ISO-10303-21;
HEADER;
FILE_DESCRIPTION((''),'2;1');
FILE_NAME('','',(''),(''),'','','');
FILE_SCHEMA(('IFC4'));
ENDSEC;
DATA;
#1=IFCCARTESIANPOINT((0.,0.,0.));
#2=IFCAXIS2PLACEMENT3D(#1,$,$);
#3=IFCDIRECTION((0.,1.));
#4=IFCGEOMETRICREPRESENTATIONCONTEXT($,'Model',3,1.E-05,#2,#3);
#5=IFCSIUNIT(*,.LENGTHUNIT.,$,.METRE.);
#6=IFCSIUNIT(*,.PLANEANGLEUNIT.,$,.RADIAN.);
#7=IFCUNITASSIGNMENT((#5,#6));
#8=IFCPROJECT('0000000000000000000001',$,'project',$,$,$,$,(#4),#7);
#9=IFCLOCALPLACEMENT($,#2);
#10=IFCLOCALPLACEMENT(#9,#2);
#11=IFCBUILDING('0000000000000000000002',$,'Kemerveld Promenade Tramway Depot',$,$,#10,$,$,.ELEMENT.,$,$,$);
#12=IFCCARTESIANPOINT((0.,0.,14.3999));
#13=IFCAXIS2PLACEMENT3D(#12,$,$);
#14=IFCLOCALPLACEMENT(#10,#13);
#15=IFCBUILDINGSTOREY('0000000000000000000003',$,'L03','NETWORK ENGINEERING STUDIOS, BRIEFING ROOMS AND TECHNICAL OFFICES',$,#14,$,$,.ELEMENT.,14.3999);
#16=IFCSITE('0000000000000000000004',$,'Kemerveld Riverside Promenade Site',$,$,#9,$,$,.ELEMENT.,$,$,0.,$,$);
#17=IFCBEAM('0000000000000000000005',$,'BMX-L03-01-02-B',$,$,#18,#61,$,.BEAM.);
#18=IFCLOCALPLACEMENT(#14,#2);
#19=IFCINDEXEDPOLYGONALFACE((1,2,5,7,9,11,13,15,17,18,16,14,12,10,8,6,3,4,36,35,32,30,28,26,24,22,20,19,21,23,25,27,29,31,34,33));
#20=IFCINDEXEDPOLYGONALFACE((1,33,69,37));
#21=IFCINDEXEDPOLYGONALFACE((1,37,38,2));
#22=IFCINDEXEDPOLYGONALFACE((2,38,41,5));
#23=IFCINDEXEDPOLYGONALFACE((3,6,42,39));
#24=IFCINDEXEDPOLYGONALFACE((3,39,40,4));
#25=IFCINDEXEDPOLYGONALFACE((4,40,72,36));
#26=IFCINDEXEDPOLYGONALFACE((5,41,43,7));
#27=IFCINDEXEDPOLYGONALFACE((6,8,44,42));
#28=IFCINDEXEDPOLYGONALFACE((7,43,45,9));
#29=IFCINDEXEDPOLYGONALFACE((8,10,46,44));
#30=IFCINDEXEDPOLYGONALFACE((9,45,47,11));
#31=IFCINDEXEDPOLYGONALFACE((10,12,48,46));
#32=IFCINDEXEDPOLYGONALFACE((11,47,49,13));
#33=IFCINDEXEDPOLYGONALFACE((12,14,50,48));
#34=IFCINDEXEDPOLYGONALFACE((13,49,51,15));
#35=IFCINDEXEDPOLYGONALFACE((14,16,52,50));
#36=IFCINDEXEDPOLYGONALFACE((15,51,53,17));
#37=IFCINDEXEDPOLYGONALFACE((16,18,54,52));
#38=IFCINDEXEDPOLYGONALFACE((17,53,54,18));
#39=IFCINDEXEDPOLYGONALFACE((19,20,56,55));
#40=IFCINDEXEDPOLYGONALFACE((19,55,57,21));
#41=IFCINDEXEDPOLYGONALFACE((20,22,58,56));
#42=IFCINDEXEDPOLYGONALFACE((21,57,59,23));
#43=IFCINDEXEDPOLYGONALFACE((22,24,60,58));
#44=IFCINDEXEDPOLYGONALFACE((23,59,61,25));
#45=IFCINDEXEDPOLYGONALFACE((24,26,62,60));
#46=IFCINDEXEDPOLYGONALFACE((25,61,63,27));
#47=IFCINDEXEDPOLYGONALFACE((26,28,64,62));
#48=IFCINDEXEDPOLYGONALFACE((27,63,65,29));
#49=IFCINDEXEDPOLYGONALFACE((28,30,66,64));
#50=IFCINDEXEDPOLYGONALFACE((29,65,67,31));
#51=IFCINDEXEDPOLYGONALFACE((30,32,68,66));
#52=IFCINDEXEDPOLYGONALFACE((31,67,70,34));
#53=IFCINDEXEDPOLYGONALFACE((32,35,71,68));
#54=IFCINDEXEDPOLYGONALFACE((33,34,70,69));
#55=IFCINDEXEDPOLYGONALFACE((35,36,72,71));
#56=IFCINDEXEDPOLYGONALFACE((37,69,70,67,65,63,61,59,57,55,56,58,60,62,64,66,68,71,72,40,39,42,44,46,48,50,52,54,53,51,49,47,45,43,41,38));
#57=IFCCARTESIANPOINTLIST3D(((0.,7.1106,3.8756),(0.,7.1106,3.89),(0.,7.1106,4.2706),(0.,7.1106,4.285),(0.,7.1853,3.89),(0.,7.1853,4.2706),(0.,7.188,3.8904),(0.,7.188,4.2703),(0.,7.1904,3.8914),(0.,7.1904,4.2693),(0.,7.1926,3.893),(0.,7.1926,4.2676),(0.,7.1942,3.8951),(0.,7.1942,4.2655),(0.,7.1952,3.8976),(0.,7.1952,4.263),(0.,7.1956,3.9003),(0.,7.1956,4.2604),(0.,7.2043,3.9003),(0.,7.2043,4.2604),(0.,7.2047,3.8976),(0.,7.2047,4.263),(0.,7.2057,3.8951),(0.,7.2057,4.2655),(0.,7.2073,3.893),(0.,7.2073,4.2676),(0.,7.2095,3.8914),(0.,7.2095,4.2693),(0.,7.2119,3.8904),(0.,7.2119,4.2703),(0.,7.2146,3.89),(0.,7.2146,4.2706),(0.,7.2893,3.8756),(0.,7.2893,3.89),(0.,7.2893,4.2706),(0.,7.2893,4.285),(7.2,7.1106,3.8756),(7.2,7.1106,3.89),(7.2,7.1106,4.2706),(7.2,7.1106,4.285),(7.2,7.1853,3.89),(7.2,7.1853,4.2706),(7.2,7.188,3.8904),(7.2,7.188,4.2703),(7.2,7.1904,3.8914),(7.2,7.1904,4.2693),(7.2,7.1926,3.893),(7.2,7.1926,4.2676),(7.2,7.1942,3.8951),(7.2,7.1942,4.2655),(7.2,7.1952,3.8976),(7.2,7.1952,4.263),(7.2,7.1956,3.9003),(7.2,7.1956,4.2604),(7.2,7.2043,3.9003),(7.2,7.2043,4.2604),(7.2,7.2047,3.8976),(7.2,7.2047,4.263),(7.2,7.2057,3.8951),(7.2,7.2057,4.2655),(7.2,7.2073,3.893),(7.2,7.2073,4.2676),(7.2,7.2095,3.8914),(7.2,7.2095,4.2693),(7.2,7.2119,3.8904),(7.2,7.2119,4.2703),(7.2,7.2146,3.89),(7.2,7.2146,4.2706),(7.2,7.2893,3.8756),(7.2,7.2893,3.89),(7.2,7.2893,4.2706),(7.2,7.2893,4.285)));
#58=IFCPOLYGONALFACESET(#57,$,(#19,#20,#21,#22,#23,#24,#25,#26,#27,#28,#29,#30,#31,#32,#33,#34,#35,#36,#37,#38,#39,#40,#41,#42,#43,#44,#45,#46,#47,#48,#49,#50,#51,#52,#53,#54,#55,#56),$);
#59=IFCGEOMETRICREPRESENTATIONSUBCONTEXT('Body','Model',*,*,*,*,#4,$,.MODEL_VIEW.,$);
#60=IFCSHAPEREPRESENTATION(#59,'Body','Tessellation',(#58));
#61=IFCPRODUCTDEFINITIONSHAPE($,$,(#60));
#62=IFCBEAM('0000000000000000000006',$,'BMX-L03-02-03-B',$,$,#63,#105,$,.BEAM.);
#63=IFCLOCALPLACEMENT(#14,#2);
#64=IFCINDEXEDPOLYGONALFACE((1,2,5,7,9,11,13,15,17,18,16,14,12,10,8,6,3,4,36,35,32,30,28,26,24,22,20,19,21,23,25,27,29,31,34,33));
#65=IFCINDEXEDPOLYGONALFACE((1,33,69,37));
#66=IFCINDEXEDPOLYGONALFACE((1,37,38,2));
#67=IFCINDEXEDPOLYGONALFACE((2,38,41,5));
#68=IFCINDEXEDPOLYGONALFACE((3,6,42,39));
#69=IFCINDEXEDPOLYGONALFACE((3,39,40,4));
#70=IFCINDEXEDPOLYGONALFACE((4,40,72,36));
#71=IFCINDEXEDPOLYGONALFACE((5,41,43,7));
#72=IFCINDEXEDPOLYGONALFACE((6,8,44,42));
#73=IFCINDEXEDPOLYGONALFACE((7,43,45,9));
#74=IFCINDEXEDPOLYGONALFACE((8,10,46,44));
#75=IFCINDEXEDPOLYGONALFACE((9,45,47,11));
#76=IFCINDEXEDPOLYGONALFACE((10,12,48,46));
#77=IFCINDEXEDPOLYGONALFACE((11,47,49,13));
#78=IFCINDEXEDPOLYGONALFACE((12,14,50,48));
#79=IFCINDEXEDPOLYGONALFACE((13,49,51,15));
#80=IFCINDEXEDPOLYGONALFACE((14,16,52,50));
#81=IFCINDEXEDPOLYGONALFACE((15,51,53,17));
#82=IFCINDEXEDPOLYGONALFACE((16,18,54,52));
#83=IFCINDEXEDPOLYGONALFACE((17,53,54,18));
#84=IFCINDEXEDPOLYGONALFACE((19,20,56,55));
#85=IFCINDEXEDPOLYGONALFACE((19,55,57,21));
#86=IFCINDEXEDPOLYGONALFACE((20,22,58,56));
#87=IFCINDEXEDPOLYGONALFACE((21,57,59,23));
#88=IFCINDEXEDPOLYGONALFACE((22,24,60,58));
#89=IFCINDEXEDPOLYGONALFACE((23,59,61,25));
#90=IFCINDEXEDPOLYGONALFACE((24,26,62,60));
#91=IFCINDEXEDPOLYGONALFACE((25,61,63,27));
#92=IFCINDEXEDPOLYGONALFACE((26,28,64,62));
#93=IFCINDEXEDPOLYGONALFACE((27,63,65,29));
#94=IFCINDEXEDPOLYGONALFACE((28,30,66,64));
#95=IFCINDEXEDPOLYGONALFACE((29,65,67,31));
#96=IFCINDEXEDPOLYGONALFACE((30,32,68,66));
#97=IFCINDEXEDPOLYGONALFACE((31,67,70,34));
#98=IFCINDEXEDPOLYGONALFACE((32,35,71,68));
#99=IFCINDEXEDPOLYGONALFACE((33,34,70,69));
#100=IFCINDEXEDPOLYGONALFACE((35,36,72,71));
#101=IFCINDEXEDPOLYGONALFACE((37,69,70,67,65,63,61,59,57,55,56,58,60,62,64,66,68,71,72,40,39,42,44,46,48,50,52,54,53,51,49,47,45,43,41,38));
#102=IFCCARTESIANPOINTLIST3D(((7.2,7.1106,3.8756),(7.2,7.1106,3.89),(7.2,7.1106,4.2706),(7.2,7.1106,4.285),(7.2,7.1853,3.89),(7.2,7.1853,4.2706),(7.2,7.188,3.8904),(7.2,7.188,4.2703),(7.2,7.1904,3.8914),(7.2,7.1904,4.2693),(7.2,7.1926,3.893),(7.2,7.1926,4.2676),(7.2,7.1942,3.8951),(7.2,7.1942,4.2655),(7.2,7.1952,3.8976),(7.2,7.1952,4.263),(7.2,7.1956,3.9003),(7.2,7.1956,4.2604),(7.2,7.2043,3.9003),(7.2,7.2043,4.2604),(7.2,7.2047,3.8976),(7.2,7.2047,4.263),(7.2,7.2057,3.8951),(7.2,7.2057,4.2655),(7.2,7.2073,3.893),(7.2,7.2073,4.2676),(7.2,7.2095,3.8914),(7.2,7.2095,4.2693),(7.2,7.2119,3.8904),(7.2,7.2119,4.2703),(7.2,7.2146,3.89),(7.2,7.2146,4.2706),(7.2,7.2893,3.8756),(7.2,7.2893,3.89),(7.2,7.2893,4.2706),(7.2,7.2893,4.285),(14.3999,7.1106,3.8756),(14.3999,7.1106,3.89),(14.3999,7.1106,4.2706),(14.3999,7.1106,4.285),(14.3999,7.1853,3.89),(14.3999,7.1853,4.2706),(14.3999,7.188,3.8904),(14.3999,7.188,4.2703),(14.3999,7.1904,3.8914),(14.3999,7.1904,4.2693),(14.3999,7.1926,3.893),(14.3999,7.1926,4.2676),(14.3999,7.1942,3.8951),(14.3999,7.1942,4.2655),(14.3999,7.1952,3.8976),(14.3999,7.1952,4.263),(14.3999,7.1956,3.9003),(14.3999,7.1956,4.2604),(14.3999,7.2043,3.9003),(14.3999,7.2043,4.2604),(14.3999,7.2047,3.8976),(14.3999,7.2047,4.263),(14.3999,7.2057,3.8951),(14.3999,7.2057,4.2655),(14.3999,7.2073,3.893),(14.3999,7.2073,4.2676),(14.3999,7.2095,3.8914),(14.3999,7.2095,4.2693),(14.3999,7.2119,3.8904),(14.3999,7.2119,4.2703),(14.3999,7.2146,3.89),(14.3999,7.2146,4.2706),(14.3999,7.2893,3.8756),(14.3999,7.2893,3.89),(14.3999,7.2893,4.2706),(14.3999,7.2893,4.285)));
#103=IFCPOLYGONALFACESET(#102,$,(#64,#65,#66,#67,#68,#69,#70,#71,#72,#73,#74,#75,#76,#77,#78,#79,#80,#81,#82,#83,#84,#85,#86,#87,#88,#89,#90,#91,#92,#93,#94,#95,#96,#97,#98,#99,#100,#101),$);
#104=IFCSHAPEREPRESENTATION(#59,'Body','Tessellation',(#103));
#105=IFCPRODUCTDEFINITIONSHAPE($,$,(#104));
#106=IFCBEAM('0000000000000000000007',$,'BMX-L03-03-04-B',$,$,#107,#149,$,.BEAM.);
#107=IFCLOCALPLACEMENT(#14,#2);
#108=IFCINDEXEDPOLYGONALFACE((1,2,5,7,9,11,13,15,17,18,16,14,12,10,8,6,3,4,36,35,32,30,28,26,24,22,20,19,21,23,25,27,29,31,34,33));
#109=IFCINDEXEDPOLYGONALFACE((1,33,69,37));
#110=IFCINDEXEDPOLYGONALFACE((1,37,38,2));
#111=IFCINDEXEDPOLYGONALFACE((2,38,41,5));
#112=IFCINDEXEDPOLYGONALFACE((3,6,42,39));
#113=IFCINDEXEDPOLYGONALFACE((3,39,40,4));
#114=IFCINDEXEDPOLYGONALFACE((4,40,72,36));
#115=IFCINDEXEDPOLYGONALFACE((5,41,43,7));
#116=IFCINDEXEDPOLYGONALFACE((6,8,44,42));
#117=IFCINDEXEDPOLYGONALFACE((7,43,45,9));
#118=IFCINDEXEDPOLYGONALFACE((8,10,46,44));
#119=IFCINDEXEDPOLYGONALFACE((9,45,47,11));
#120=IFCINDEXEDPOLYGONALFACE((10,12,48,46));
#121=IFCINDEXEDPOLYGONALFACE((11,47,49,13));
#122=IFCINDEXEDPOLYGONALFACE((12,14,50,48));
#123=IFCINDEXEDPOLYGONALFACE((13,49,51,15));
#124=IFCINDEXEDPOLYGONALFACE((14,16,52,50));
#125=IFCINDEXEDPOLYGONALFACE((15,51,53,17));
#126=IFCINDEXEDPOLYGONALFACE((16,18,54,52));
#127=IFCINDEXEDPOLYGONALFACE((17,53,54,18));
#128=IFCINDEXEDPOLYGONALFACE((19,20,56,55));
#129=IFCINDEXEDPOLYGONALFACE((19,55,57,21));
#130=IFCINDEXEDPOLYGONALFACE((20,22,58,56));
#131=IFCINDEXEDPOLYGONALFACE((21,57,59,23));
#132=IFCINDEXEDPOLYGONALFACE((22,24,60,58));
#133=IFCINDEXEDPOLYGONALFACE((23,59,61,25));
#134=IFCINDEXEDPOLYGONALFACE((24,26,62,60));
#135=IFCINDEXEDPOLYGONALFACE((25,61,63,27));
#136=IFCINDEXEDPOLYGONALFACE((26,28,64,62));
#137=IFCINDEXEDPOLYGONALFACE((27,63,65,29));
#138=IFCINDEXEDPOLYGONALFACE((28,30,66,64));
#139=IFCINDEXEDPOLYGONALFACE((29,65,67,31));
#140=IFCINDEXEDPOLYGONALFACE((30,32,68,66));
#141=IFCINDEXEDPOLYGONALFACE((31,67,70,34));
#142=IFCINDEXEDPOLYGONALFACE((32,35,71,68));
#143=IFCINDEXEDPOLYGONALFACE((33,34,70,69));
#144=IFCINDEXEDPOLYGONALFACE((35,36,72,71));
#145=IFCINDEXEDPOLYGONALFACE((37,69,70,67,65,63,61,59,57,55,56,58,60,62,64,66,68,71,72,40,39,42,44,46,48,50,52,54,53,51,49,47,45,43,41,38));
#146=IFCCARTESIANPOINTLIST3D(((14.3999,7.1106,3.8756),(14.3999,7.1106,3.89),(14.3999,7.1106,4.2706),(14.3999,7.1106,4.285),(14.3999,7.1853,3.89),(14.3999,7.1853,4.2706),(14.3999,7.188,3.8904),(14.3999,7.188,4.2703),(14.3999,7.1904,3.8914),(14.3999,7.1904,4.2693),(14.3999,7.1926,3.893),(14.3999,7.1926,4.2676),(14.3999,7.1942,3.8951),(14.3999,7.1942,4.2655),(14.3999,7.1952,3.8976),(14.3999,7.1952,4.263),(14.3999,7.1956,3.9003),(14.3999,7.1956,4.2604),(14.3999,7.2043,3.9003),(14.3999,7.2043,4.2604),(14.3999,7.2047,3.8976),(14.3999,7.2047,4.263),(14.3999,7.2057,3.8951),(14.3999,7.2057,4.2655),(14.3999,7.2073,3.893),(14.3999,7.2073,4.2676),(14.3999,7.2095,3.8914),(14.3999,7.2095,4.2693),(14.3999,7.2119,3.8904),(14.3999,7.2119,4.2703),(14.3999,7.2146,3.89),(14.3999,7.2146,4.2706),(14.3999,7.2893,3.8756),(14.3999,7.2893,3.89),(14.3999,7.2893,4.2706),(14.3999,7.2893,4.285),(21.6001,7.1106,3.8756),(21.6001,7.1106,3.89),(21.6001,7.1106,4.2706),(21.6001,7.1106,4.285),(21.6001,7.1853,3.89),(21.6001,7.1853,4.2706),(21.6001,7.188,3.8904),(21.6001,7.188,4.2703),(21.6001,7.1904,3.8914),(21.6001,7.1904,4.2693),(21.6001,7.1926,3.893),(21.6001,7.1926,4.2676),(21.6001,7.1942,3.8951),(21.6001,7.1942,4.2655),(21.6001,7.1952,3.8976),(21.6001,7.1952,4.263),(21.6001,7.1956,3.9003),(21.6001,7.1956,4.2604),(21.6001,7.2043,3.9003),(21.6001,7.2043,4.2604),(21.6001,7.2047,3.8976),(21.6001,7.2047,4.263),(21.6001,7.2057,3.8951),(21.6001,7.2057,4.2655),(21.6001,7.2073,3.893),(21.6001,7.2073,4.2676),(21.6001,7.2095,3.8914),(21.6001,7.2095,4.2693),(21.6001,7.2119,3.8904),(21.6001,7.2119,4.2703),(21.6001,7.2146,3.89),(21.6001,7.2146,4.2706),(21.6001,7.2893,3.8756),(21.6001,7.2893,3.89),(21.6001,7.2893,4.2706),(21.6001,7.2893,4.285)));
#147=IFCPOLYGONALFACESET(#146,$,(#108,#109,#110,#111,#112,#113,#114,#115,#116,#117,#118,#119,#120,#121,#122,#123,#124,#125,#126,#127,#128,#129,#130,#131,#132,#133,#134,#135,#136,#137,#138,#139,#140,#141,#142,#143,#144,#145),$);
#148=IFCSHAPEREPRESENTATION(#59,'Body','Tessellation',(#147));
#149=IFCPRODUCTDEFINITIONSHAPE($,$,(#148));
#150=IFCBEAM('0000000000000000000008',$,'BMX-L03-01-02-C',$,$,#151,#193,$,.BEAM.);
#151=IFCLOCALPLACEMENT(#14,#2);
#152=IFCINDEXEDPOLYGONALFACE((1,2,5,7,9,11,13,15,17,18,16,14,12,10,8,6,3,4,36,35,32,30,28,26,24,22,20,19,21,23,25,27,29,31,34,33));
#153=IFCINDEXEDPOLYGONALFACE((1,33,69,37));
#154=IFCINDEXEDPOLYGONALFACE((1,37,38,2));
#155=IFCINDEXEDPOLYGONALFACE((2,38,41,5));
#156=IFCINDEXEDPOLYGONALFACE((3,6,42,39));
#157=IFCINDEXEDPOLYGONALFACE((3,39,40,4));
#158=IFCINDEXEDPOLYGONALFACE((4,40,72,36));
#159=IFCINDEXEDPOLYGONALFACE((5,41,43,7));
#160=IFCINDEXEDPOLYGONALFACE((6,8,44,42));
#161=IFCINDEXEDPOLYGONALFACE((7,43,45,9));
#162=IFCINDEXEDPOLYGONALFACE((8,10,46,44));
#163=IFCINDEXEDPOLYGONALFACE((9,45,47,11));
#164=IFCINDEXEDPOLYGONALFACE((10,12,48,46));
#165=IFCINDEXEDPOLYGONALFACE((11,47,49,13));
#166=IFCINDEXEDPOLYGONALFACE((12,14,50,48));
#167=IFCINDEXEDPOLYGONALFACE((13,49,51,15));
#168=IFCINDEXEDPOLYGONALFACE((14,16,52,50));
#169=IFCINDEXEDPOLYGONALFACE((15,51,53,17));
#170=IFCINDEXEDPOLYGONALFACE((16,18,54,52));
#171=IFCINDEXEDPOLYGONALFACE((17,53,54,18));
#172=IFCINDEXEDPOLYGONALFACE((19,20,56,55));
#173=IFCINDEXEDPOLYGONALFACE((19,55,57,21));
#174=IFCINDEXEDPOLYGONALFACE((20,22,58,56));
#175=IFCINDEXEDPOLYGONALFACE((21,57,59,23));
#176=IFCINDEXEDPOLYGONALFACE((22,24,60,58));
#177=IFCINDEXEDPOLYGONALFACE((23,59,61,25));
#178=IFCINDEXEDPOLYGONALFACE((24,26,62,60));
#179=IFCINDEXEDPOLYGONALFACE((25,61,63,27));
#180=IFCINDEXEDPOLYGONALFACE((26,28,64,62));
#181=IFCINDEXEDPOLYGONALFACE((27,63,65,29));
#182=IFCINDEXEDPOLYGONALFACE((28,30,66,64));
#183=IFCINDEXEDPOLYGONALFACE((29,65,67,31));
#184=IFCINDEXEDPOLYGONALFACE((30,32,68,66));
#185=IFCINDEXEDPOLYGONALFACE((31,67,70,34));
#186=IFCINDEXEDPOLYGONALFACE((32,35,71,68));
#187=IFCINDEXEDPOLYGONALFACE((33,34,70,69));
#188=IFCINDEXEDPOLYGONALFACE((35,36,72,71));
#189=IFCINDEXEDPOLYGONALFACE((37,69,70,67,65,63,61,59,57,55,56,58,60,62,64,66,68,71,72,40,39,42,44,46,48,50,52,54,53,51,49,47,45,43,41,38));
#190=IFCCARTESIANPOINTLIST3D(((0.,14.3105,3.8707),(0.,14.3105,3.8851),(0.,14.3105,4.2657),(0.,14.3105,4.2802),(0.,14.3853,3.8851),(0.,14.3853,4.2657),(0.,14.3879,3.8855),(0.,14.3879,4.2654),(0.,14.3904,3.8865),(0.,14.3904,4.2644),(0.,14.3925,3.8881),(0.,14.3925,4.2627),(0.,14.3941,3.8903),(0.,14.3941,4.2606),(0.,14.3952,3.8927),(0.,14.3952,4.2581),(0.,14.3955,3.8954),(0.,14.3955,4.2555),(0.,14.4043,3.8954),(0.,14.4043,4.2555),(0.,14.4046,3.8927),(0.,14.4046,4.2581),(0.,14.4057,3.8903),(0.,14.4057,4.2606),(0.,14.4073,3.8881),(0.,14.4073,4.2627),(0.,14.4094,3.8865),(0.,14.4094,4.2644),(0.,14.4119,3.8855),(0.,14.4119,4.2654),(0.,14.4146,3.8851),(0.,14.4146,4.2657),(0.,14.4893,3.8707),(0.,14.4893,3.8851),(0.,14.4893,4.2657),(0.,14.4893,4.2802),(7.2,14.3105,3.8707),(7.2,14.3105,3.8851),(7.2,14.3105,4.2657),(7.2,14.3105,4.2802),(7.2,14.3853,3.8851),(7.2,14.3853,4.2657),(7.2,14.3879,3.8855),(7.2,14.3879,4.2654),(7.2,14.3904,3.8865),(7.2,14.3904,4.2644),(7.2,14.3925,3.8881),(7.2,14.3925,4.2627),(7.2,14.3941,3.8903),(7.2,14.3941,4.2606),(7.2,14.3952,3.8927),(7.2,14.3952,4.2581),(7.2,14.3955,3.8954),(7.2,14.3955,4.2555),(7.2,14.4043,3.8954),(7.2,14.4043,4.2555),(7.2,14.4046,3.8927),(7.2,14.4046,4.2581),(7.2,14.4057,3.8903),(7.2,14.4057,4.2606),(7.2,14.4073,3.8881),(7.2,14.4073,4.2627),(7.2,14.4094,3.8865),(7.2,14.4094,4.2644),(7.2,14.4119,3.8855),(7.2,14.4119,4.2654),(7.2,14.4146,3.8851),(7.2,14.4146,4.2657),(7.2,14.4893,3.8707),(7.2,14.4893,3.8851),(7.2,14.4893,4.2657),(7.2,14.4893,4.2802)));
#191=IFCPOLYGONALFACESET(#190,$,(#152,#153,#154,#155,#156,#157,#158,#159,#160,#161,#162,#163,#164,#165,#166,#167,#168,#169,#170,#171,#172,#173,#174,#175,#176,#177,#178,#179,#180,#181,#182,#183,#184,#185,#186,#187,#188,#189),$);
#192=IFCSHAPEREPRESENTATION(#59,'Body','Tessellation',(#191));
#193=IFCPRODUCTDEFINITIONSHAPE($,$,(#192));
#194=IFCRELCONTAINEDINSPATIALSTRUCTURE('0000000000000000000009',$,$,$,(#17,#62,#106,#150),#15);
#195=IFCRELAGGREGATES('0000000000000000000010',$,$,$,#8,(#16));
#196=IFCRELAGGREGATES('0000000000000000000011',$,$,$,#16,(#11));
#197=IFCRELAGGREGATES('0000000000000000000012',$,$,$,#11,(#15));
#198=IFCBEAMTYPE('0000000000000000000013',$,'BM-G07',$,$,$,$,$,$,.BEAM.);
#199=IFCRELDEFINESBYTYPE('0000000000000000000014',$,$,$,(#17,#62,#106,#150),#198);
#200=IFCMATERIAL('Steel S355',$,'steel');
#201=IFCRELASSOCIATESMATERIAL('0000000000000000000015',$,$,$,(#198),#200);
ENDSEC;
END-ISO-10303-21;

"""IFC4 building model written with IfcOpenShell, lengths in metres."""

from ifc_helpers import new_model, si_unit, direction, frame, origin, origin_2d, place, context, subcontext, project, spatial, i_section, extrude, material, material_profile, profile_set, type_object, element, save


model = new_model("IFC4")

# Units and contexts
model_context = context("Model", 3, precision=1e-05, world=origin(), true_north=direction((0.0, 1.0)))
body_context = subcontext(model_context, "Body", "Model", "MODEL_VIEW")
ifc_project = project(units=[si_unit("LENGTHUNIT", "METRE"), si_unit("PLANEANGLEUNIT", "RADIAN")], contexts=[model_context])

# Site, building, storey
site_placement = place(None, origin())
site = spatial("IfcSite", under=ifc_project, at=site_placement, Name="Kemerveld Riverside Promenade Site", CompositionType="ELEMENT", RefElevation=0.0)
building_placement = place(site_placement, origin())
building = spatial("IfcBuilding", under=site, at=building_placement, Name="Kemerveld Promenade Tramway Depot", CompositionType="ELEMENT")
storey_placement = place(building_placement, frame((0.0, 0.0, 14.3999)))
storey = spatial("IfcBuildingStorey", under=building, at=storey_placement, Name="L03", Description="NETWORK ENGINEERING STUDIOS, BRIEFING ROOMS AND TECHNICAL OFFICES", CompositionType="ELEMENT", Elevation=14.3999)

# Shared definitions
ifc_material_1 = material(Name="Steel S355", Category="steel")

# Beams
ifc_material_profile_1 = material_profile(ifc_material_1, i_section(OverallWidth=0.1787, OverallDepth=0.4094, WebThickness=0.0088, FlangeThickness=0.0144, FilletRadius=0.0103, at=origin_2d()), Name="406x178x67 UB")
ifc_profile_set_1 = profile_set([ifc_material_profile_1], Name="Steel S355")
beam_type_1 = type_object("IfcBeamType", Name="BM-G07", PredefinedType="BEAM", material=ifc_profile_set_1)
for number, where, z_axis, x_axis, name in (
    (1, (0.0, 7.2, 4.0803), (1.0, 0.0, 0.0), (0.0, 1.0, 0.0), "BMX-L03-01-02-B"),
    (2, (7.2, 7.2, 4.0803), (1.0, 0.0, 0.0), (0.0, 1.0, 0.0), "BMX-L03-02-03-B"),
):
    element("IfcBeam", number, at=place(storey_placement, frame(where, z_axis=z_axis, x_axis=x_axis)), inside=storey, type_object=beam_type_1, Name=name, PredefinedType="BEAM", context=body_context, shape_type="SweptSolid", body=[
        extrude(i_section(OverallWidth=0.1787, OverallDepth=0.4094, WebThickness=0.0088, FlangeThickness=0.0144, FilletRadius=0.0103, at=origin_2d()), origin(), (0.0, 0.0, 1.0), 7.2),
    ])
beam_1_placement = place(storey_placement, frame((14.3999, 7.2, 4.0803), z_axis=(1.0, 0.0, 0.0), x_axis=(0.0, 1.0, 0.0)))
element("IfcBeam", 3, at=beam_1_placement, inside=storey, type_object=beam_type_1, Name="BMX-L03-03-04-B", PredefinedType="BEAM", context=body_context, shape_type="SweptSolid", body=[
    extrude(i_section(OverallWidth=0.1787, OverallDepth=0.4094, WebThickness=0.0088, FlangeThickness=0.0144, FilletRadius=0.0103, at=origin_2d()), origin(), (0.0, 0.0, 1.0), 7.2002),
])
beam_2_placement = place(storey_placement, frame((0.0, 14.3999, 4.0754), z_axis=(1.0, 0.0, 0.0), x_axis=(0.0, 1.0, 0.0)))
element("IfcBeam", 4, at=beam_2_placement, inside=storey, type_object=beam_type_1, Name="BMX-L03-01-02-C", PredefinedType="BEAM", context=body_context, shape_type="SweptSolid", body=[
    extrude(i_section(OverallWidth=0.1787, OverallDepth=0.4094, WebThickness=0.0088, FlangeThickness=0.0144, FilletRadius=0.0103, at=origin_2d()), origin(), (0.0, 0.0, 1.0), 7.2),
])

save(model, "model.ifc")
